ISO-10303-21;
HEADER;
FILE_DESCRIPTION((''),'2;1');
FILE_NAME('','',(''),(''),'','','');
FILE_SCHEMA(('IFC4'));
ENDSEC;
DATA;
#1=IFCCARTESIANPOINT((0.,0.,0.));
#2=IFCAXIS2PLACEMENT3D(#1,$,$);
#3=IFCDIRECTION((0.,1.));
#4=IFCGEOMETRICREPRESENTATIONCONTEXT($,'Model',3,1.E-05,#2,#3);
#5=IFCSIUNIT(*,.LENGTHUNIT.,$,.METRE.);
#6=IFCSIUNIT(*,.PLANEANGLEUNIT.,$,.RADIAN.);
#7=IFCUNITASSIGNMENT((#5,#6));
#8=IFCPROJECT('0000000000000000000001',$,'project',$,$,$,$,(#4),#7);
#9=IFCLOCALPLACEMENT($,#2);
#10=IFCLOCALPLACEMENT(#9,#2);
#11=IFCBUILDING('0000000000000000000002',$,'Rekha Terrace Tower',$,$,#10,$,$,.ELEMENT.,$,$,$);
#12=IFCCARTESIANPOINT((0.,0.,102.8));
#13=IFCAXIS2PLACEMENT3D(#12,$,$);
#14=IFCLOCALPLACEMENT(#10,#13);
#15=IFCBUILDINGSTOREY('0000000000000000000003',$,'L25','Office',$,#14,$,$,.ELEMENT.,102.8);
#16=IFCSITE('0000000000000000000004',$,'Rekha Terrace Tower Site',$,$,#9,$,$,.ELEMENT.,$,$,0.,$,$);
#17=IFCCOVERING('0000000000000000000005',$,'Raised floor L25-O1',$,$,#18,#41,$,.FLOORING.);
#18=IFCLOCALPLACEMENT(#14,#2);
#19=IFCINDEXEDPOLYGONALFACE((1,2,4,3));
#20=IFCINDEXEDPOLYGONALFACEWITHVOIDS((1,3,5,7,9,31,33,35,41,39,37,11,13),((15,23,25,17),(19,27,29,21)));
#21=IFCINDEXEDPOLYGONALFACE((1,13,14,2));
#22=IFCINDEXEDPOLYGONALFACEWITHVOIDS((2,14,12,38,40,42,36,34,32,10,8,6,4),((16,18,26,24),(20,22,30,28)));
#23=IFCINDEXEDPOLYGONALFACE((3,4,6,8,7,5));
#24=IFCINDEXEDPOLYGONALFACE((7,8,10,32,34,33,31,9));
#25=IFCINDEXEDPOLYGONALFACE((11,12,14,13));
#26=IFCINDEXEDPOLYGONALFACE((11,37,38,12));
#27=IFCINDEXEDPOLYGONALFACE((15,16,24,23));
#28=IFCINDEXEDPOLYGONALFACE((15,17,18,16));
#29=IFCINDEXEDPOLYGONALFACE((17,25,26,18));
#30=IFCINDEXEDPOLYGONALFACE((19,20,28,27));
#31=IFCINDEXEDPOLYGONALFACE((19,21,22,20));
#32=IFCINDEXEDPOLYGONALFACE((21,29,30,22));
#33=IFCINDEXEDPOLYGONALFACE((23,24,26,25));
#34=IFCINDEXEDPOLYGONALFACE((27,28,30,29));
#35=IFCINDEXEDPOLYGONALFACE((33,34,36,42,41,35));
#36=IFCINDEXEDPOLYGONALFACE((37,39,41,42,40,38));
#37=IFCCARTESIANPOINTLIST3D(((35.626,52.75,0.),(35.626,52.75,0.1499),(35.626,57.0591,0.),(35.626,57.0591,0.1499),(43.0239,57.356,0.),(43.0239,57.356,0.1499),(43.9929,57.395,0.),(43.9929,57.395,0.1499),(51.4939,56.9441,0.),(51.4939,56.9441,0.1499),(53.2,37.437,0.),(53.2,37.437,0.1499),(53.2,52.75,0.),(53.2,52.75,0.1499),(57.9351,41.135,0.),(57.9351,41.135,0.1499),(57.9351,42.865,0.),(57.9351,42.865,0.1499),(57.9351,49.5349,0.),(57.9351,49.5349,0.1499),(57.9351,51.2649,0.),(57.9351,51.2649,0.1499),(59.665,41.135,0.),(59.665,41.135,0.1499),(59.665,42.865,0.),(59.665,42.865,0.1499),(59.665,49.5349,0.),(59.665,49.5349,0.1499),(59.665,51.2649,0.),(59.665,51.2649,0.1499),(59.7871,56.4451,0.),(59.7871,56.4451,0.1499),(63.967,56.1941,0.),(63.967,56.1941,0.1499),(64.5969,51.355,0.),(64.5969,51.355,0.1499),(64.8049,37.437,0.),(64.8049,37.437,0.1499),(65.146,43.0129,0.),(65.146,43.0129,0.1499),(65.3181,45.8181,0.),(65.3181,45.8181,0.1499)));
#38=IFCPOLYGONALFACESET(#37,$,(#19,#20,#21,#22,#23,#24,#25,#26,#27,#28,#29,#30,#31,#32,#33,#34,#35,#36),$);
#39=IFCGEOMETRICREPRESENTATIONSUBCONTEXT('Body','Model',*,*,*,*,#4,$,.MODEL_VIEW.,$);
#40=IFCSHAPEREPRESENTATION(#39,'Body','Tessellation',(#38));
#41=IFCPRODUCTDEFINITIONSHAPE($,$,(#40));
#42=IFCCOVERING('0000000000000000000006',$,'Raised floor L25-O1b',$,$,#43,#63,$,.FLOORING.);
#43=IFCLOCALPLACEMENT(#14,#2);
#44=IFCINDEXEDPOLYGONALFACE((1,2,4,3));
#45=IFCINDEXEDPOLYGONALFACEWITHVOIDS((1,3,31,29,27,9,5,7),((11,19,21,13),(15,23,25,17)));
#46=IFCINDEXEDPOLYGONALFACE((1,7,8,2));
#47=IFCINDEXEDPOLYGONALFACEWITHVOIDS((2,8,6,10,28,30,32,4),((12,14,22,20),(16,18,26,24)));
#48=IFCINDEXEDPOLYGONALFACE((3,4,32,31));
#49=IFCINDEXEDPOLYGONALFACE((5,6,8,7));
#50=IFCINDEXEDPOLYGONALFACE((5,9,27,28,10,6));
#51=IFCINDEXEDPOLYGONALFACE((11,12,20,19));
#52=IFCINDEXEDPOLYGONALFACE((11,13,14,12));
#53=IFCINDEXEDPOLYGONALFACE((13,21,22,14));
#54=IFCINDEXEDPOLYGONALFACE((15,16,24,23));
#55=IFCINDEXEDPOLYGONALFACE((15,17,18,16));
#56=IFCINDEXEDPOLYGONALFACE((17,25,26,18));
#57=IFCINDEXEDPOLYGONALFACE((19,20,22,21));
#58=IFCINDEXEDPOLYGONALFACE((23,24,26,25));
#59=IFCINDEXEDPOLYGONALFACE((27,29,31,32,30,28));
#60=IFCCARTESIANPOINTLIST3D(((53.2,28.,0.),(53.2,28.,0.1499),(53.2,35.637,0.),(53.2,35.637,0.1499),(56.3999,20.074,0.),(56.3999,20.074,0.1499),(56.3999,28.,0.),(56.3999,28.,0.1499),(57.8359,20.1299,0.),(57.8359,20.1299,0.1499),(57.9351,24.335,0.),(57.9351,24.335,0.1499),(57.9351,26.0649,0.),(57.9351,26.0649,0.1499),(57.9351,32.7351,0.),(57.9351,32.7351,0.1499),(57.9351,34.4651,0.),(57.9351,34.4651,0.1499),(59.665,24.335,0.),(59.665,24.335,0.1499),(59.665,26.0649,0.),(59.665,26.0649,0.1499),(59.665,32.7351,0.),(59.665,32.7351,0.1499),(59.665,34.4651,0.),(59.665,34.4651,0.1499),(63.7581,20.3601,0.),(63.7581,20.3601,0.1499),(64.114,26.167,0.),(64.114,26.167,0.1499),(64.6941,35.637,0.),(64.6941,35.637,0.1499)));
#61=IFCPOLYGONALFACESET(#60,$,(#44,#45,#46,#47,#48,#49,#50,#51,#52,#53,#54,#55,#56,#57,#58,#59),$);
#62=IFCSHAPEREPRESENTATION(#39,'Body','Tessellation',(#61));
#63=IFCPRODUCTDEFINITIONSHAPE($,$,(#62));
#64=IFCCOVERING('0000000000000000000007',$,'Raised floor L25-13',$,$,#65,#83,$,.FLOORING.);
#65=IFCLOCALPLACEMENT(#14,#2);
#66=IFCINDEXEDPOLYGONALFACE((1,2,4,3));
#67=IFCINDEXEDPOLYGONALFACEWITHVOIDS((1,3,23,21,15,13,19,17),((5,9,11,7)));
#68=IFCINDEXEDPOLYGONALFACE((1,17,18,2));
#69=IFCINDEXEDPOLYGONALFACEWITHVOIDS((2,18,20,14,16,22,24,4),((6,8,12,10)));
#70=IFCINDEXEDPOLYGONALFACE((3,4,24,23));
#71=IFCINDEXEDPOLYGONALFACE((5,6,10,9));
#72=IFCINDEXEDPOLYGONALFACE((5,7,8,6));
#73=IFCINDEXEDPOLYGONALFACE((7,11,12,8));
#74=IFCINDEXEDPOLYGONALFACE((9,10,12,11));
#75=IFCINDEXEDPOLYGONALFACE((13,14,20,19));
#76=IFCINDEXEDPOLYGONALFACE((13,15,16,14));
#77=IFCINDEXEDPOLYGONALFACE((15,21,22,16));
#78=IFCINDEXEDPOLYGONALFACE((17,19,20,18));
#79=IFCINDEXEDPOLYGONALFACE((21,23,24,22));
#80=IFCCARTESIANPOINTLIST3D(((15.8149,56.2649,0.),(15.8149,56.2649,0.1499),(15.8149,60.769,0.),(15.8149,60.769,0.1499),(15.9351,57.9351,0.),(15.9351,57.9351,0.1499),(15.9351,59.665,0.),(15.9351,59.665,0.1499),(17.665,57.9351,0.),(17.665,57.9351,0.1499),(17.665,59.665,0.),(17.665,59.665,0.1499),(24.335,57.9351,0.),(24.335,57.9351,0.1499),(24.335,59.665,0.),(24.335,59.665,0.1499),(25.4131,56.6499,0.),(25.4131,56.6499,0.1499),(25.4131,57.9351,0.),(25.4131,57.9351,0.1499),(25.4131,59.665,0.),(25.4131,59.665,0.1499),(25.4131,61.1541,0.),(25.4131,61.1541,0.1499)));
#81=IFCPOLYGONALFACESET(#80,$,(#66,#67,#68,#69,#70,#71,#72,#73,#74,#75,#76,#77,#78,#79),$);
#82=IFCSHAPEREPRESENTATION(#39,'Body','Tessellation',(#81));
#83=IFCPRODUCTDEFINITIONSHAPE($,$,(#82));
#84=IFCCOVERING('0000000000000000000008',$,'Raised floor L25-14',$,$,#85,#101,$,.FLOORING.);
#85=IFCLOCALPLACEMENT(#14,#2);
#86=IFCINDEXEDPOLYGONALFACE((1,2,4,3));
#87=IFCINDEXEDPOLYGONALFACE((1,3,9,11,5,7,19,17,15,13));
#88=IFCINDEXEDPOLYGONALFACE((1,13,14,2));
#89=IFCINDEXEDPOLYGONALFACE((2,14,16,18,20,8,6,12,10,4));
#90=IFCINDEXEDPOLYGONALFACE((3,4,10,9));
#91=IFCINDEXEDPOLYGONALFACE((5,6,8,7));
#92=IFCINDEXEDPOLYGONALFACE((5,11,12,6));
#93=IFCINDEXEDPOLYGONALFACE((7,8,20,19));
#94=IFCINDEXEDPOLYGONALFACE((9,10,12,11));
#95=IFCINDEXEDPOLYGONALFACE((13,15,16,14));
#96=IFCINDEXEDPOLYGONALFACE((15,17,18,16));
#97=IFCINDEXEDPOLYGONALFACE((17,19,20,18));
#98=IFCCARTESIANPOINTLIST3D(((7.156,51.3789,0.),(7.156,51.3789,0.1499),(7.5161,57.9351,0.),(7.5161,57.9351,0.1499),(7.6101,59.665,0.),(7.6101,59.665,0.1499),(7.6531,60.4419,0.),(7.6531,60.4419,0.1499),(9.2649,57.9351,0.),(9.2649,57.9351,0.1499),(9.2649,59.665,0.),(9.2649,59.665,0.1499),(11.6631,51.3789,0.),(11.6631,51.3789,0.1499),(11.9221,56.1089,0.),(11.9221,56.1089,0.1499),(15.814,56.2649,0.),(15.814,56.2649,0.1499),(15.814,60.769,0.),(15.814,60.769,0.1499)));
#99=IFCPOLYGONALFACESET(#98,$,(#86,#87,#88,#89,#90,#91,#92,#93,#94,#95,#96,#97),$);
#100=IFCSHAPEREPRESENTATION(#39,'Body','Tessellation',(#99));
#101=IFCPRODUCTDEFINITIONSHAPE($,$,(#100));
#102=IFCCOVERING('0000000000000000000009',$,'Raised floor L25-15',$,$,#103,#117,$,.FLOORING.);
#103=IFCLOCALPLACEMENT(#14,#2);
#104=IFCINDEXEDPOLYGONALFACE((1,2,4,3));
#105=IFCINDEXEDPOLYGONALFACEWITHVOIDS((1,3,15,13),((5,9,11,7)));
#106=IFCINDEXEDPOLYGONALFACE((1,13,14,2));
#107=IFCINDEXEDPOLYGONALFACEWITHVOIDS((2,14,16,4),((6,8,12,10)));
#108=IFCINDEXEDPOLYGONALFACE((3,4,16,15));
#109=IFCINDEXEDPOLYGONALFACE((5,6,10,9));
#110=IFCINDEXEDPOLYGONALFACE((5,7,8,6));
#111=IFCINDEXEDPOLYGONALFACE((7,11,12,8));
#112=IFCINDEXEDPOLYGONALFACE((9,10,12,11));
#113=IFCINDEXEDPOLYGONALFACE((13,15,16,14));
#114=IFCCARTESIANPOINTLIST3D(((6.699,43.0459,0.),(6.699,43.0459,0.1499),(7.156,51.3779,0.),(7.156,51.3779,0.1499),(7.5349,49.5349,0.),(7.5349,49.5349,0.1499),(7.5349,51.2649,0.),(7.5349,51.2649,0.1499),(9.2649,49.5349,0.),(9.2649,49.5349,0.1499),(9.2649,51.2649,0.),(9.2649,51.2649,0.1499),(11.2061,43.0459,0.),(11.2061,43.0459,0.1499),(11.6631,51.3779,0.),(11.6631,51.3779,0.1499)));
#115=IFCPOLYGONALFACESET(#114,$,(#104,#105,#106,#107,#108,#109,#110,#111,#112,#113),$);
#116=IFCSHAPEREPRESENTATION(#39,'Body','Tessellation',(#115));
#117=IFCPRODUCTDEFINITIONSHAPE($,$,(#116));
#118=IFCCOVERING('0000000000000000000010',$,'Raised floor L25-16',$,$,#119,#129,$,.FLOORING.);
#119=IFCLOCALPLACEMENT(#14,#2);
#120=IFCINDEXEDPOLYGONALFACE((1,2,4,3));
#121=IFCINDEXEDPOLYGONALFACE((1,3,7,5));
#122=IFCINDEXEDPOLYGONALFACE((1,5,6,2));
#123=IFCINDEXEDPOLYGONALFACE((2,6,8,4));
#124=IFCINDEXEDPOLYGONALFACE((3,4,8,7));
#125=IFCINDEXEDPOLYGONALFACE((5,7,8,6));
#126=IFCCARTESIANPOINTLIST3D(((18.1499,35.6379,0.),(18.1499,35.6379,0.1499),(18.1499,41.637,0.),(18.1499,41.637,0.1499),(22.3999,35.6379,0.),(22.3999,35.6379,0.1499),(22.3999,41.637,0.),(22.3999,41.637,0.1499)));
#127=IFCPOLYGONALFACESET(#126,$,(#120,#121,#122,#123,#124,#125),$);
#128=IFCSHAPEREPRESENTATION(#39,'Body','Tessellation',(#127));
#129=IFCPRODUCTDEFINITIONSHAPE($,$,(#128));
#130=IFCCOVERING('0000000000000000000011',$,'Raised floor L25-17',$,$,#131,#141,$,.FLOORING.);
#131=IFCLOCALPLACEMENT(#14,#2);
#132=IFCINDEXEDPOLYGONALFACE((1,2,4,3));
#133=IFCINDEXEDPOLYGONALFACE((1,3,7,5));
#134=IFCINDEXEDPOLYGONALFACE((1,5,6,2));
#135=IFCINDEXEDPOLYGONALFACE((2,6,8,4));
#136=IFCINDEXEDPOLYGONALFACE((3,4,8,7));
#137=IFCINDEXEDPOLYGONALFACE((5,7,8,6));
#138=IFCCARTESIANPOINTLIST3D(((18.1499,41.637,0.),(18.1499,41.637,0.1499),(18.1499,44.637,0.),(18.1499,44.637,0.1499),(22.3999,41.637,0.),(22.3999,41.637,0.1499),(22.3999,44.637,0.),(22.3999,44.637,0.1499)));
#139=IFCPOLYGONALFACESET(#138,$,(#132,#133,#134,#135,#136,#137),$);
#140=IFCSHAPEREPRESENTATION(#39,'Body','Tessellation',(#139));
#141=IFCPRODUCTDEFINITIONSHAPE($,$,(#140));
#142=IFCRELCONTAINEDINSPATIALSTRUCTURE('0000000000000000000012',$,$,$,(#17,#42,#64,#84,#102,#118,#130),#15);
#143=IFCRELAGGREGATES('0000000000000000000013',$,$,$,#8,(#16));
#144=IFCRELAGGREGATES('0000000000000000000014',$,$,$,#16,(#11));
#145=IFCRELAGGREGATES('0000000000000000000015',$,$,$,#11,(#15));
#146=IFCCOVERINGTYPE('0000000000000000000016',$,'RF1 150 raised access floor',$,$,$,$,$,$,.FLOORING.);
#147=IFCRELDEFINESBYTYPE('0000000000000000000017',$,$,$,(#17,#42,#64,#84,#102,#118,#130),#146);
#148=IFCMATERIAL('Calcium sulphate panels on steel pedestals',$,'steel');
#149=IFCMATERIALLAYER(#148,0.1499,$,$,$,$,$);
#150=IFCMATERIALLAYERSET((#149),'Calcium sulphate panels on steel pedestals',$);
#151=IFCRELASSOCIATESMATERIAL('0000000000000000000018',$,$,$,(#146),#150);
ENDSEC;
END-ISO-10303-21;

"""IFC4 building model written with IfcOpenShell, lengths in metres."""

from ifc_helpers import new_model, si_unit, direction, frame, origin, place, context, subcontext, project, spatial, polyline, outline, extrude, material, layer, layer_set, type_object, element, save


model = new_model("IFC4")

# Units and contexts
model_context = context("Model", 3, precision=1e-05, world=origin(), true_north=direction((0.0, 1.0)))
body_context = subcontext(model_context, "Body", "Model", "MODEL_VIEW")
ifc_project = project(units=[si_unit("LENGTHUNIT", "METRE"), si_unit("PLANEANGLEUNIT", "RADIAN")], contexts=[model_context])

# Site, building, storey
site_placement = place(None, origin())
site = spatial("IfcSite", under=ifc_project, at=site_placement, Name="Rekha Terrace Tower Site", CompositionType="ELEMENT", RefElevation=0.0)
building_placement = place(site_placement, origin())
building = spatial("IfcBuilding", under=site, at=building_placement, Name="Rekha Terrace Tower", CompositionType="ELEMENT")
storey_placement = place(building_placement, frame((0.0, 0.0, 102.8)))
storey = spatial("IfcBuildingStorey", under=building, at=storey_placement, Name="L25", Description="Office", CompositionType="ELEMENT", Elevation=102.8)

# Coverings
ifc_material_1 = material(Name="Calcium sulphate panels on steel pedestals", Category="steel")
ifc_layer_1 = layer(ifc_material_1, 0.1499)
ifc_layer_set_1 = layer_set([ifc_layer_1], Name="Calcium sulphate panels on steel pedestals")
covering_type_1 = type_object("IfcCoveringType", Name="RF1 150 raised access floor", PredefinedType="FLOORING", material=ifc_layer_set_1)
covering_1_placement = place(storey_placement, origin())
element("IfcCovering", 1, at=covering_1_placement, inside=storey, type_object=covering_type_1, Name="Raised floor L25-O1", PredefinedType="FLOORING", context=body_context, shape_type="SweptSolid", body=[
    extrude(outline(polyline([(43.9929, 57.395), (43.0239, 57.356), (35.626, 57.0591), (35.626, 52.75), (53.2, 52.75), (53.2, 37.437), (64.8049, 37.437), (65.146, 43.0129), (65.3181, 45.8181), (64.5969, 51.355), (63.967, 56.1941), (59.7871, 56.4451), (51.4939, 56.9441), (43.9929, 57.395)]), holes=[polyline([(59.665, 41.135), (57.9351, 41.135), (57.9351, 42.865), (59.665, 42.865), (59.665, 41.135)]), polyline([(59.665, 49.5349), (57.9351, 49.5349), (57.9351, 51.2649), (59.665, 51.2649), (59.665, 49.5349)])]), origin(), (0.0, 0.0, 1.0), 0.1499),
])
covering_2_placement = place(storey_placement, origin())
element("IfcCovering", 2, at=covering_2_placement, inside=storey, type_object=covering_type_1, Name="Raised floor L25-O1b", PredefinedType="FLOORING", context=body_context, shape_type="SweptSolid", body=[
    extrude(outline(polyline([(56.3999, 20.074), (57.8359, 20.1299), (63.7581, 20.3601), (64.114, 26.167), (64.6941, 35.637), (53.2, 35.637), (53.2, 28.0), (56.3999, 28.0), (56.3999, 20.074)]), holes=[polyline([(59.665, 26.0649), (59.665, 24.335), (57.9351, 24.335), (57.9351, 26.0649), (59.665, 26.0649)]), polyline([(59.665, 32.7351), (57.9351, 32.7351), (57.9351, 34.4651), (59.665, 34.4651), (59.665, 32.7351)])]), origin(), (0.0, 0.0, 1.0), 0.1499),
])
covering_3_placement = place(storey_placement, origin())
element("IfcCovering", 3, at=covering_3_placement, inside=storey, type_object=covering_type_1, Name="Raised floor L25-13", PredefinedType="FLOORING", context=body_context, shape_type="SweptSolid", body=[
    extrude(outline(polyline([(25.4131, 61.1541), (15.8149, 60.769), (15.8149, 56.2649), (25.4131, 56.6499), (25.4131, 57.9351), (24.335, 57.9351), (24.335, 59.665), (25.4131, 59.665), (25.4131, 61.1541)]), holes=[polyline([(17.665, 57.9351), (15.9351, 57.9351), (15.9351, 59.665), (17.665, 59.665), (17.665, 57.9351)])]), origin(), (0.0, 0.0, 1.0), 0.1499),
])
covering_4_placement = place(storey_placement, origin())
element("IfcCovering", 4, at=covering_4_placement, inside=storey, type_object=covering_type_1, Name="Raised floor L25-14", PredefinedType="FLOORING", context=body_context, shape_type="SweptSolid", body=[
    extrude(outline(polyline([(7.5161, 57.9351), (7.156, 51.3789), (11.6631, 51.3789), (11.9221, 56.1089), (15.814, 56.2649), (15.814, 60.769), (7.6531, 60.4419), (7.6101, 59.665), (9.2649, 59.665), (9.2649, 57.9351), (7.5161, 57.9351)])), origin(), (0.0, 0.0, 1.0), 0.1499),
])
covering_5_placement = place(storey_placement, origin())
element("IfcCovering", 5, at=covering_5_placement, inside=storey, type_object=covering_type_1, Name="Raised floor L25-15", PredefinedType="FLOORING", context=body_context, shape_type="SweptSolid", body=[
    extrude(outline(polyline([(11.6631, 51.3779), (7.156, 51.3779), (6.699, 43.0459), (11.2061, 43.0459), (11.6631, 51.3779)]), holes=[polyline([(9.2649, 51.2649), (9.2649, 49.5349), (7.5349, 49.5349), (7.5349, 51.2649), (9.2649, 51.2649)])]), origin(), (0.0, 0.0, 1.0), 0.1499),
])
covering_6_placement = place(storey_placement, origin())
element("IfcCovering", 6, at=covering_6_placement, inside=storey, type_object=covering_type_1, Name="Raised floor L25-16", PredefinedType="FLOORING", context=body_context, shape_type="SweptSolid", body=[
    extrude(outline(polyline([(22.3999, 41.637), (18.1499, 41.637), (18.1499, 35.6379), (22.3999, 35.6379), (22.3999, 41.637)])), origin(), (0.0, 0.0, 1.0), 0.1499),
])
covering_7_placement = place(storey_placement, origin())
element("IfcCovering", 7, at=covering_7_placement, inside=storey, type_object=covering_type_1, Name="Raised floor L25-17", PredefinedType="FLOORING", context=body_context, shape_type="SweptSolid", body=[
    extrude(outline(polyline([(22.3999, 44.637), (18.1499, 44.637), (18.1499, 41.637), (22.3999, 41.637), (22.3999, 44.637)])), origin(), (0.0, 0.0, 1.0), 0.1499),
])

save(model, "model.ifc")
